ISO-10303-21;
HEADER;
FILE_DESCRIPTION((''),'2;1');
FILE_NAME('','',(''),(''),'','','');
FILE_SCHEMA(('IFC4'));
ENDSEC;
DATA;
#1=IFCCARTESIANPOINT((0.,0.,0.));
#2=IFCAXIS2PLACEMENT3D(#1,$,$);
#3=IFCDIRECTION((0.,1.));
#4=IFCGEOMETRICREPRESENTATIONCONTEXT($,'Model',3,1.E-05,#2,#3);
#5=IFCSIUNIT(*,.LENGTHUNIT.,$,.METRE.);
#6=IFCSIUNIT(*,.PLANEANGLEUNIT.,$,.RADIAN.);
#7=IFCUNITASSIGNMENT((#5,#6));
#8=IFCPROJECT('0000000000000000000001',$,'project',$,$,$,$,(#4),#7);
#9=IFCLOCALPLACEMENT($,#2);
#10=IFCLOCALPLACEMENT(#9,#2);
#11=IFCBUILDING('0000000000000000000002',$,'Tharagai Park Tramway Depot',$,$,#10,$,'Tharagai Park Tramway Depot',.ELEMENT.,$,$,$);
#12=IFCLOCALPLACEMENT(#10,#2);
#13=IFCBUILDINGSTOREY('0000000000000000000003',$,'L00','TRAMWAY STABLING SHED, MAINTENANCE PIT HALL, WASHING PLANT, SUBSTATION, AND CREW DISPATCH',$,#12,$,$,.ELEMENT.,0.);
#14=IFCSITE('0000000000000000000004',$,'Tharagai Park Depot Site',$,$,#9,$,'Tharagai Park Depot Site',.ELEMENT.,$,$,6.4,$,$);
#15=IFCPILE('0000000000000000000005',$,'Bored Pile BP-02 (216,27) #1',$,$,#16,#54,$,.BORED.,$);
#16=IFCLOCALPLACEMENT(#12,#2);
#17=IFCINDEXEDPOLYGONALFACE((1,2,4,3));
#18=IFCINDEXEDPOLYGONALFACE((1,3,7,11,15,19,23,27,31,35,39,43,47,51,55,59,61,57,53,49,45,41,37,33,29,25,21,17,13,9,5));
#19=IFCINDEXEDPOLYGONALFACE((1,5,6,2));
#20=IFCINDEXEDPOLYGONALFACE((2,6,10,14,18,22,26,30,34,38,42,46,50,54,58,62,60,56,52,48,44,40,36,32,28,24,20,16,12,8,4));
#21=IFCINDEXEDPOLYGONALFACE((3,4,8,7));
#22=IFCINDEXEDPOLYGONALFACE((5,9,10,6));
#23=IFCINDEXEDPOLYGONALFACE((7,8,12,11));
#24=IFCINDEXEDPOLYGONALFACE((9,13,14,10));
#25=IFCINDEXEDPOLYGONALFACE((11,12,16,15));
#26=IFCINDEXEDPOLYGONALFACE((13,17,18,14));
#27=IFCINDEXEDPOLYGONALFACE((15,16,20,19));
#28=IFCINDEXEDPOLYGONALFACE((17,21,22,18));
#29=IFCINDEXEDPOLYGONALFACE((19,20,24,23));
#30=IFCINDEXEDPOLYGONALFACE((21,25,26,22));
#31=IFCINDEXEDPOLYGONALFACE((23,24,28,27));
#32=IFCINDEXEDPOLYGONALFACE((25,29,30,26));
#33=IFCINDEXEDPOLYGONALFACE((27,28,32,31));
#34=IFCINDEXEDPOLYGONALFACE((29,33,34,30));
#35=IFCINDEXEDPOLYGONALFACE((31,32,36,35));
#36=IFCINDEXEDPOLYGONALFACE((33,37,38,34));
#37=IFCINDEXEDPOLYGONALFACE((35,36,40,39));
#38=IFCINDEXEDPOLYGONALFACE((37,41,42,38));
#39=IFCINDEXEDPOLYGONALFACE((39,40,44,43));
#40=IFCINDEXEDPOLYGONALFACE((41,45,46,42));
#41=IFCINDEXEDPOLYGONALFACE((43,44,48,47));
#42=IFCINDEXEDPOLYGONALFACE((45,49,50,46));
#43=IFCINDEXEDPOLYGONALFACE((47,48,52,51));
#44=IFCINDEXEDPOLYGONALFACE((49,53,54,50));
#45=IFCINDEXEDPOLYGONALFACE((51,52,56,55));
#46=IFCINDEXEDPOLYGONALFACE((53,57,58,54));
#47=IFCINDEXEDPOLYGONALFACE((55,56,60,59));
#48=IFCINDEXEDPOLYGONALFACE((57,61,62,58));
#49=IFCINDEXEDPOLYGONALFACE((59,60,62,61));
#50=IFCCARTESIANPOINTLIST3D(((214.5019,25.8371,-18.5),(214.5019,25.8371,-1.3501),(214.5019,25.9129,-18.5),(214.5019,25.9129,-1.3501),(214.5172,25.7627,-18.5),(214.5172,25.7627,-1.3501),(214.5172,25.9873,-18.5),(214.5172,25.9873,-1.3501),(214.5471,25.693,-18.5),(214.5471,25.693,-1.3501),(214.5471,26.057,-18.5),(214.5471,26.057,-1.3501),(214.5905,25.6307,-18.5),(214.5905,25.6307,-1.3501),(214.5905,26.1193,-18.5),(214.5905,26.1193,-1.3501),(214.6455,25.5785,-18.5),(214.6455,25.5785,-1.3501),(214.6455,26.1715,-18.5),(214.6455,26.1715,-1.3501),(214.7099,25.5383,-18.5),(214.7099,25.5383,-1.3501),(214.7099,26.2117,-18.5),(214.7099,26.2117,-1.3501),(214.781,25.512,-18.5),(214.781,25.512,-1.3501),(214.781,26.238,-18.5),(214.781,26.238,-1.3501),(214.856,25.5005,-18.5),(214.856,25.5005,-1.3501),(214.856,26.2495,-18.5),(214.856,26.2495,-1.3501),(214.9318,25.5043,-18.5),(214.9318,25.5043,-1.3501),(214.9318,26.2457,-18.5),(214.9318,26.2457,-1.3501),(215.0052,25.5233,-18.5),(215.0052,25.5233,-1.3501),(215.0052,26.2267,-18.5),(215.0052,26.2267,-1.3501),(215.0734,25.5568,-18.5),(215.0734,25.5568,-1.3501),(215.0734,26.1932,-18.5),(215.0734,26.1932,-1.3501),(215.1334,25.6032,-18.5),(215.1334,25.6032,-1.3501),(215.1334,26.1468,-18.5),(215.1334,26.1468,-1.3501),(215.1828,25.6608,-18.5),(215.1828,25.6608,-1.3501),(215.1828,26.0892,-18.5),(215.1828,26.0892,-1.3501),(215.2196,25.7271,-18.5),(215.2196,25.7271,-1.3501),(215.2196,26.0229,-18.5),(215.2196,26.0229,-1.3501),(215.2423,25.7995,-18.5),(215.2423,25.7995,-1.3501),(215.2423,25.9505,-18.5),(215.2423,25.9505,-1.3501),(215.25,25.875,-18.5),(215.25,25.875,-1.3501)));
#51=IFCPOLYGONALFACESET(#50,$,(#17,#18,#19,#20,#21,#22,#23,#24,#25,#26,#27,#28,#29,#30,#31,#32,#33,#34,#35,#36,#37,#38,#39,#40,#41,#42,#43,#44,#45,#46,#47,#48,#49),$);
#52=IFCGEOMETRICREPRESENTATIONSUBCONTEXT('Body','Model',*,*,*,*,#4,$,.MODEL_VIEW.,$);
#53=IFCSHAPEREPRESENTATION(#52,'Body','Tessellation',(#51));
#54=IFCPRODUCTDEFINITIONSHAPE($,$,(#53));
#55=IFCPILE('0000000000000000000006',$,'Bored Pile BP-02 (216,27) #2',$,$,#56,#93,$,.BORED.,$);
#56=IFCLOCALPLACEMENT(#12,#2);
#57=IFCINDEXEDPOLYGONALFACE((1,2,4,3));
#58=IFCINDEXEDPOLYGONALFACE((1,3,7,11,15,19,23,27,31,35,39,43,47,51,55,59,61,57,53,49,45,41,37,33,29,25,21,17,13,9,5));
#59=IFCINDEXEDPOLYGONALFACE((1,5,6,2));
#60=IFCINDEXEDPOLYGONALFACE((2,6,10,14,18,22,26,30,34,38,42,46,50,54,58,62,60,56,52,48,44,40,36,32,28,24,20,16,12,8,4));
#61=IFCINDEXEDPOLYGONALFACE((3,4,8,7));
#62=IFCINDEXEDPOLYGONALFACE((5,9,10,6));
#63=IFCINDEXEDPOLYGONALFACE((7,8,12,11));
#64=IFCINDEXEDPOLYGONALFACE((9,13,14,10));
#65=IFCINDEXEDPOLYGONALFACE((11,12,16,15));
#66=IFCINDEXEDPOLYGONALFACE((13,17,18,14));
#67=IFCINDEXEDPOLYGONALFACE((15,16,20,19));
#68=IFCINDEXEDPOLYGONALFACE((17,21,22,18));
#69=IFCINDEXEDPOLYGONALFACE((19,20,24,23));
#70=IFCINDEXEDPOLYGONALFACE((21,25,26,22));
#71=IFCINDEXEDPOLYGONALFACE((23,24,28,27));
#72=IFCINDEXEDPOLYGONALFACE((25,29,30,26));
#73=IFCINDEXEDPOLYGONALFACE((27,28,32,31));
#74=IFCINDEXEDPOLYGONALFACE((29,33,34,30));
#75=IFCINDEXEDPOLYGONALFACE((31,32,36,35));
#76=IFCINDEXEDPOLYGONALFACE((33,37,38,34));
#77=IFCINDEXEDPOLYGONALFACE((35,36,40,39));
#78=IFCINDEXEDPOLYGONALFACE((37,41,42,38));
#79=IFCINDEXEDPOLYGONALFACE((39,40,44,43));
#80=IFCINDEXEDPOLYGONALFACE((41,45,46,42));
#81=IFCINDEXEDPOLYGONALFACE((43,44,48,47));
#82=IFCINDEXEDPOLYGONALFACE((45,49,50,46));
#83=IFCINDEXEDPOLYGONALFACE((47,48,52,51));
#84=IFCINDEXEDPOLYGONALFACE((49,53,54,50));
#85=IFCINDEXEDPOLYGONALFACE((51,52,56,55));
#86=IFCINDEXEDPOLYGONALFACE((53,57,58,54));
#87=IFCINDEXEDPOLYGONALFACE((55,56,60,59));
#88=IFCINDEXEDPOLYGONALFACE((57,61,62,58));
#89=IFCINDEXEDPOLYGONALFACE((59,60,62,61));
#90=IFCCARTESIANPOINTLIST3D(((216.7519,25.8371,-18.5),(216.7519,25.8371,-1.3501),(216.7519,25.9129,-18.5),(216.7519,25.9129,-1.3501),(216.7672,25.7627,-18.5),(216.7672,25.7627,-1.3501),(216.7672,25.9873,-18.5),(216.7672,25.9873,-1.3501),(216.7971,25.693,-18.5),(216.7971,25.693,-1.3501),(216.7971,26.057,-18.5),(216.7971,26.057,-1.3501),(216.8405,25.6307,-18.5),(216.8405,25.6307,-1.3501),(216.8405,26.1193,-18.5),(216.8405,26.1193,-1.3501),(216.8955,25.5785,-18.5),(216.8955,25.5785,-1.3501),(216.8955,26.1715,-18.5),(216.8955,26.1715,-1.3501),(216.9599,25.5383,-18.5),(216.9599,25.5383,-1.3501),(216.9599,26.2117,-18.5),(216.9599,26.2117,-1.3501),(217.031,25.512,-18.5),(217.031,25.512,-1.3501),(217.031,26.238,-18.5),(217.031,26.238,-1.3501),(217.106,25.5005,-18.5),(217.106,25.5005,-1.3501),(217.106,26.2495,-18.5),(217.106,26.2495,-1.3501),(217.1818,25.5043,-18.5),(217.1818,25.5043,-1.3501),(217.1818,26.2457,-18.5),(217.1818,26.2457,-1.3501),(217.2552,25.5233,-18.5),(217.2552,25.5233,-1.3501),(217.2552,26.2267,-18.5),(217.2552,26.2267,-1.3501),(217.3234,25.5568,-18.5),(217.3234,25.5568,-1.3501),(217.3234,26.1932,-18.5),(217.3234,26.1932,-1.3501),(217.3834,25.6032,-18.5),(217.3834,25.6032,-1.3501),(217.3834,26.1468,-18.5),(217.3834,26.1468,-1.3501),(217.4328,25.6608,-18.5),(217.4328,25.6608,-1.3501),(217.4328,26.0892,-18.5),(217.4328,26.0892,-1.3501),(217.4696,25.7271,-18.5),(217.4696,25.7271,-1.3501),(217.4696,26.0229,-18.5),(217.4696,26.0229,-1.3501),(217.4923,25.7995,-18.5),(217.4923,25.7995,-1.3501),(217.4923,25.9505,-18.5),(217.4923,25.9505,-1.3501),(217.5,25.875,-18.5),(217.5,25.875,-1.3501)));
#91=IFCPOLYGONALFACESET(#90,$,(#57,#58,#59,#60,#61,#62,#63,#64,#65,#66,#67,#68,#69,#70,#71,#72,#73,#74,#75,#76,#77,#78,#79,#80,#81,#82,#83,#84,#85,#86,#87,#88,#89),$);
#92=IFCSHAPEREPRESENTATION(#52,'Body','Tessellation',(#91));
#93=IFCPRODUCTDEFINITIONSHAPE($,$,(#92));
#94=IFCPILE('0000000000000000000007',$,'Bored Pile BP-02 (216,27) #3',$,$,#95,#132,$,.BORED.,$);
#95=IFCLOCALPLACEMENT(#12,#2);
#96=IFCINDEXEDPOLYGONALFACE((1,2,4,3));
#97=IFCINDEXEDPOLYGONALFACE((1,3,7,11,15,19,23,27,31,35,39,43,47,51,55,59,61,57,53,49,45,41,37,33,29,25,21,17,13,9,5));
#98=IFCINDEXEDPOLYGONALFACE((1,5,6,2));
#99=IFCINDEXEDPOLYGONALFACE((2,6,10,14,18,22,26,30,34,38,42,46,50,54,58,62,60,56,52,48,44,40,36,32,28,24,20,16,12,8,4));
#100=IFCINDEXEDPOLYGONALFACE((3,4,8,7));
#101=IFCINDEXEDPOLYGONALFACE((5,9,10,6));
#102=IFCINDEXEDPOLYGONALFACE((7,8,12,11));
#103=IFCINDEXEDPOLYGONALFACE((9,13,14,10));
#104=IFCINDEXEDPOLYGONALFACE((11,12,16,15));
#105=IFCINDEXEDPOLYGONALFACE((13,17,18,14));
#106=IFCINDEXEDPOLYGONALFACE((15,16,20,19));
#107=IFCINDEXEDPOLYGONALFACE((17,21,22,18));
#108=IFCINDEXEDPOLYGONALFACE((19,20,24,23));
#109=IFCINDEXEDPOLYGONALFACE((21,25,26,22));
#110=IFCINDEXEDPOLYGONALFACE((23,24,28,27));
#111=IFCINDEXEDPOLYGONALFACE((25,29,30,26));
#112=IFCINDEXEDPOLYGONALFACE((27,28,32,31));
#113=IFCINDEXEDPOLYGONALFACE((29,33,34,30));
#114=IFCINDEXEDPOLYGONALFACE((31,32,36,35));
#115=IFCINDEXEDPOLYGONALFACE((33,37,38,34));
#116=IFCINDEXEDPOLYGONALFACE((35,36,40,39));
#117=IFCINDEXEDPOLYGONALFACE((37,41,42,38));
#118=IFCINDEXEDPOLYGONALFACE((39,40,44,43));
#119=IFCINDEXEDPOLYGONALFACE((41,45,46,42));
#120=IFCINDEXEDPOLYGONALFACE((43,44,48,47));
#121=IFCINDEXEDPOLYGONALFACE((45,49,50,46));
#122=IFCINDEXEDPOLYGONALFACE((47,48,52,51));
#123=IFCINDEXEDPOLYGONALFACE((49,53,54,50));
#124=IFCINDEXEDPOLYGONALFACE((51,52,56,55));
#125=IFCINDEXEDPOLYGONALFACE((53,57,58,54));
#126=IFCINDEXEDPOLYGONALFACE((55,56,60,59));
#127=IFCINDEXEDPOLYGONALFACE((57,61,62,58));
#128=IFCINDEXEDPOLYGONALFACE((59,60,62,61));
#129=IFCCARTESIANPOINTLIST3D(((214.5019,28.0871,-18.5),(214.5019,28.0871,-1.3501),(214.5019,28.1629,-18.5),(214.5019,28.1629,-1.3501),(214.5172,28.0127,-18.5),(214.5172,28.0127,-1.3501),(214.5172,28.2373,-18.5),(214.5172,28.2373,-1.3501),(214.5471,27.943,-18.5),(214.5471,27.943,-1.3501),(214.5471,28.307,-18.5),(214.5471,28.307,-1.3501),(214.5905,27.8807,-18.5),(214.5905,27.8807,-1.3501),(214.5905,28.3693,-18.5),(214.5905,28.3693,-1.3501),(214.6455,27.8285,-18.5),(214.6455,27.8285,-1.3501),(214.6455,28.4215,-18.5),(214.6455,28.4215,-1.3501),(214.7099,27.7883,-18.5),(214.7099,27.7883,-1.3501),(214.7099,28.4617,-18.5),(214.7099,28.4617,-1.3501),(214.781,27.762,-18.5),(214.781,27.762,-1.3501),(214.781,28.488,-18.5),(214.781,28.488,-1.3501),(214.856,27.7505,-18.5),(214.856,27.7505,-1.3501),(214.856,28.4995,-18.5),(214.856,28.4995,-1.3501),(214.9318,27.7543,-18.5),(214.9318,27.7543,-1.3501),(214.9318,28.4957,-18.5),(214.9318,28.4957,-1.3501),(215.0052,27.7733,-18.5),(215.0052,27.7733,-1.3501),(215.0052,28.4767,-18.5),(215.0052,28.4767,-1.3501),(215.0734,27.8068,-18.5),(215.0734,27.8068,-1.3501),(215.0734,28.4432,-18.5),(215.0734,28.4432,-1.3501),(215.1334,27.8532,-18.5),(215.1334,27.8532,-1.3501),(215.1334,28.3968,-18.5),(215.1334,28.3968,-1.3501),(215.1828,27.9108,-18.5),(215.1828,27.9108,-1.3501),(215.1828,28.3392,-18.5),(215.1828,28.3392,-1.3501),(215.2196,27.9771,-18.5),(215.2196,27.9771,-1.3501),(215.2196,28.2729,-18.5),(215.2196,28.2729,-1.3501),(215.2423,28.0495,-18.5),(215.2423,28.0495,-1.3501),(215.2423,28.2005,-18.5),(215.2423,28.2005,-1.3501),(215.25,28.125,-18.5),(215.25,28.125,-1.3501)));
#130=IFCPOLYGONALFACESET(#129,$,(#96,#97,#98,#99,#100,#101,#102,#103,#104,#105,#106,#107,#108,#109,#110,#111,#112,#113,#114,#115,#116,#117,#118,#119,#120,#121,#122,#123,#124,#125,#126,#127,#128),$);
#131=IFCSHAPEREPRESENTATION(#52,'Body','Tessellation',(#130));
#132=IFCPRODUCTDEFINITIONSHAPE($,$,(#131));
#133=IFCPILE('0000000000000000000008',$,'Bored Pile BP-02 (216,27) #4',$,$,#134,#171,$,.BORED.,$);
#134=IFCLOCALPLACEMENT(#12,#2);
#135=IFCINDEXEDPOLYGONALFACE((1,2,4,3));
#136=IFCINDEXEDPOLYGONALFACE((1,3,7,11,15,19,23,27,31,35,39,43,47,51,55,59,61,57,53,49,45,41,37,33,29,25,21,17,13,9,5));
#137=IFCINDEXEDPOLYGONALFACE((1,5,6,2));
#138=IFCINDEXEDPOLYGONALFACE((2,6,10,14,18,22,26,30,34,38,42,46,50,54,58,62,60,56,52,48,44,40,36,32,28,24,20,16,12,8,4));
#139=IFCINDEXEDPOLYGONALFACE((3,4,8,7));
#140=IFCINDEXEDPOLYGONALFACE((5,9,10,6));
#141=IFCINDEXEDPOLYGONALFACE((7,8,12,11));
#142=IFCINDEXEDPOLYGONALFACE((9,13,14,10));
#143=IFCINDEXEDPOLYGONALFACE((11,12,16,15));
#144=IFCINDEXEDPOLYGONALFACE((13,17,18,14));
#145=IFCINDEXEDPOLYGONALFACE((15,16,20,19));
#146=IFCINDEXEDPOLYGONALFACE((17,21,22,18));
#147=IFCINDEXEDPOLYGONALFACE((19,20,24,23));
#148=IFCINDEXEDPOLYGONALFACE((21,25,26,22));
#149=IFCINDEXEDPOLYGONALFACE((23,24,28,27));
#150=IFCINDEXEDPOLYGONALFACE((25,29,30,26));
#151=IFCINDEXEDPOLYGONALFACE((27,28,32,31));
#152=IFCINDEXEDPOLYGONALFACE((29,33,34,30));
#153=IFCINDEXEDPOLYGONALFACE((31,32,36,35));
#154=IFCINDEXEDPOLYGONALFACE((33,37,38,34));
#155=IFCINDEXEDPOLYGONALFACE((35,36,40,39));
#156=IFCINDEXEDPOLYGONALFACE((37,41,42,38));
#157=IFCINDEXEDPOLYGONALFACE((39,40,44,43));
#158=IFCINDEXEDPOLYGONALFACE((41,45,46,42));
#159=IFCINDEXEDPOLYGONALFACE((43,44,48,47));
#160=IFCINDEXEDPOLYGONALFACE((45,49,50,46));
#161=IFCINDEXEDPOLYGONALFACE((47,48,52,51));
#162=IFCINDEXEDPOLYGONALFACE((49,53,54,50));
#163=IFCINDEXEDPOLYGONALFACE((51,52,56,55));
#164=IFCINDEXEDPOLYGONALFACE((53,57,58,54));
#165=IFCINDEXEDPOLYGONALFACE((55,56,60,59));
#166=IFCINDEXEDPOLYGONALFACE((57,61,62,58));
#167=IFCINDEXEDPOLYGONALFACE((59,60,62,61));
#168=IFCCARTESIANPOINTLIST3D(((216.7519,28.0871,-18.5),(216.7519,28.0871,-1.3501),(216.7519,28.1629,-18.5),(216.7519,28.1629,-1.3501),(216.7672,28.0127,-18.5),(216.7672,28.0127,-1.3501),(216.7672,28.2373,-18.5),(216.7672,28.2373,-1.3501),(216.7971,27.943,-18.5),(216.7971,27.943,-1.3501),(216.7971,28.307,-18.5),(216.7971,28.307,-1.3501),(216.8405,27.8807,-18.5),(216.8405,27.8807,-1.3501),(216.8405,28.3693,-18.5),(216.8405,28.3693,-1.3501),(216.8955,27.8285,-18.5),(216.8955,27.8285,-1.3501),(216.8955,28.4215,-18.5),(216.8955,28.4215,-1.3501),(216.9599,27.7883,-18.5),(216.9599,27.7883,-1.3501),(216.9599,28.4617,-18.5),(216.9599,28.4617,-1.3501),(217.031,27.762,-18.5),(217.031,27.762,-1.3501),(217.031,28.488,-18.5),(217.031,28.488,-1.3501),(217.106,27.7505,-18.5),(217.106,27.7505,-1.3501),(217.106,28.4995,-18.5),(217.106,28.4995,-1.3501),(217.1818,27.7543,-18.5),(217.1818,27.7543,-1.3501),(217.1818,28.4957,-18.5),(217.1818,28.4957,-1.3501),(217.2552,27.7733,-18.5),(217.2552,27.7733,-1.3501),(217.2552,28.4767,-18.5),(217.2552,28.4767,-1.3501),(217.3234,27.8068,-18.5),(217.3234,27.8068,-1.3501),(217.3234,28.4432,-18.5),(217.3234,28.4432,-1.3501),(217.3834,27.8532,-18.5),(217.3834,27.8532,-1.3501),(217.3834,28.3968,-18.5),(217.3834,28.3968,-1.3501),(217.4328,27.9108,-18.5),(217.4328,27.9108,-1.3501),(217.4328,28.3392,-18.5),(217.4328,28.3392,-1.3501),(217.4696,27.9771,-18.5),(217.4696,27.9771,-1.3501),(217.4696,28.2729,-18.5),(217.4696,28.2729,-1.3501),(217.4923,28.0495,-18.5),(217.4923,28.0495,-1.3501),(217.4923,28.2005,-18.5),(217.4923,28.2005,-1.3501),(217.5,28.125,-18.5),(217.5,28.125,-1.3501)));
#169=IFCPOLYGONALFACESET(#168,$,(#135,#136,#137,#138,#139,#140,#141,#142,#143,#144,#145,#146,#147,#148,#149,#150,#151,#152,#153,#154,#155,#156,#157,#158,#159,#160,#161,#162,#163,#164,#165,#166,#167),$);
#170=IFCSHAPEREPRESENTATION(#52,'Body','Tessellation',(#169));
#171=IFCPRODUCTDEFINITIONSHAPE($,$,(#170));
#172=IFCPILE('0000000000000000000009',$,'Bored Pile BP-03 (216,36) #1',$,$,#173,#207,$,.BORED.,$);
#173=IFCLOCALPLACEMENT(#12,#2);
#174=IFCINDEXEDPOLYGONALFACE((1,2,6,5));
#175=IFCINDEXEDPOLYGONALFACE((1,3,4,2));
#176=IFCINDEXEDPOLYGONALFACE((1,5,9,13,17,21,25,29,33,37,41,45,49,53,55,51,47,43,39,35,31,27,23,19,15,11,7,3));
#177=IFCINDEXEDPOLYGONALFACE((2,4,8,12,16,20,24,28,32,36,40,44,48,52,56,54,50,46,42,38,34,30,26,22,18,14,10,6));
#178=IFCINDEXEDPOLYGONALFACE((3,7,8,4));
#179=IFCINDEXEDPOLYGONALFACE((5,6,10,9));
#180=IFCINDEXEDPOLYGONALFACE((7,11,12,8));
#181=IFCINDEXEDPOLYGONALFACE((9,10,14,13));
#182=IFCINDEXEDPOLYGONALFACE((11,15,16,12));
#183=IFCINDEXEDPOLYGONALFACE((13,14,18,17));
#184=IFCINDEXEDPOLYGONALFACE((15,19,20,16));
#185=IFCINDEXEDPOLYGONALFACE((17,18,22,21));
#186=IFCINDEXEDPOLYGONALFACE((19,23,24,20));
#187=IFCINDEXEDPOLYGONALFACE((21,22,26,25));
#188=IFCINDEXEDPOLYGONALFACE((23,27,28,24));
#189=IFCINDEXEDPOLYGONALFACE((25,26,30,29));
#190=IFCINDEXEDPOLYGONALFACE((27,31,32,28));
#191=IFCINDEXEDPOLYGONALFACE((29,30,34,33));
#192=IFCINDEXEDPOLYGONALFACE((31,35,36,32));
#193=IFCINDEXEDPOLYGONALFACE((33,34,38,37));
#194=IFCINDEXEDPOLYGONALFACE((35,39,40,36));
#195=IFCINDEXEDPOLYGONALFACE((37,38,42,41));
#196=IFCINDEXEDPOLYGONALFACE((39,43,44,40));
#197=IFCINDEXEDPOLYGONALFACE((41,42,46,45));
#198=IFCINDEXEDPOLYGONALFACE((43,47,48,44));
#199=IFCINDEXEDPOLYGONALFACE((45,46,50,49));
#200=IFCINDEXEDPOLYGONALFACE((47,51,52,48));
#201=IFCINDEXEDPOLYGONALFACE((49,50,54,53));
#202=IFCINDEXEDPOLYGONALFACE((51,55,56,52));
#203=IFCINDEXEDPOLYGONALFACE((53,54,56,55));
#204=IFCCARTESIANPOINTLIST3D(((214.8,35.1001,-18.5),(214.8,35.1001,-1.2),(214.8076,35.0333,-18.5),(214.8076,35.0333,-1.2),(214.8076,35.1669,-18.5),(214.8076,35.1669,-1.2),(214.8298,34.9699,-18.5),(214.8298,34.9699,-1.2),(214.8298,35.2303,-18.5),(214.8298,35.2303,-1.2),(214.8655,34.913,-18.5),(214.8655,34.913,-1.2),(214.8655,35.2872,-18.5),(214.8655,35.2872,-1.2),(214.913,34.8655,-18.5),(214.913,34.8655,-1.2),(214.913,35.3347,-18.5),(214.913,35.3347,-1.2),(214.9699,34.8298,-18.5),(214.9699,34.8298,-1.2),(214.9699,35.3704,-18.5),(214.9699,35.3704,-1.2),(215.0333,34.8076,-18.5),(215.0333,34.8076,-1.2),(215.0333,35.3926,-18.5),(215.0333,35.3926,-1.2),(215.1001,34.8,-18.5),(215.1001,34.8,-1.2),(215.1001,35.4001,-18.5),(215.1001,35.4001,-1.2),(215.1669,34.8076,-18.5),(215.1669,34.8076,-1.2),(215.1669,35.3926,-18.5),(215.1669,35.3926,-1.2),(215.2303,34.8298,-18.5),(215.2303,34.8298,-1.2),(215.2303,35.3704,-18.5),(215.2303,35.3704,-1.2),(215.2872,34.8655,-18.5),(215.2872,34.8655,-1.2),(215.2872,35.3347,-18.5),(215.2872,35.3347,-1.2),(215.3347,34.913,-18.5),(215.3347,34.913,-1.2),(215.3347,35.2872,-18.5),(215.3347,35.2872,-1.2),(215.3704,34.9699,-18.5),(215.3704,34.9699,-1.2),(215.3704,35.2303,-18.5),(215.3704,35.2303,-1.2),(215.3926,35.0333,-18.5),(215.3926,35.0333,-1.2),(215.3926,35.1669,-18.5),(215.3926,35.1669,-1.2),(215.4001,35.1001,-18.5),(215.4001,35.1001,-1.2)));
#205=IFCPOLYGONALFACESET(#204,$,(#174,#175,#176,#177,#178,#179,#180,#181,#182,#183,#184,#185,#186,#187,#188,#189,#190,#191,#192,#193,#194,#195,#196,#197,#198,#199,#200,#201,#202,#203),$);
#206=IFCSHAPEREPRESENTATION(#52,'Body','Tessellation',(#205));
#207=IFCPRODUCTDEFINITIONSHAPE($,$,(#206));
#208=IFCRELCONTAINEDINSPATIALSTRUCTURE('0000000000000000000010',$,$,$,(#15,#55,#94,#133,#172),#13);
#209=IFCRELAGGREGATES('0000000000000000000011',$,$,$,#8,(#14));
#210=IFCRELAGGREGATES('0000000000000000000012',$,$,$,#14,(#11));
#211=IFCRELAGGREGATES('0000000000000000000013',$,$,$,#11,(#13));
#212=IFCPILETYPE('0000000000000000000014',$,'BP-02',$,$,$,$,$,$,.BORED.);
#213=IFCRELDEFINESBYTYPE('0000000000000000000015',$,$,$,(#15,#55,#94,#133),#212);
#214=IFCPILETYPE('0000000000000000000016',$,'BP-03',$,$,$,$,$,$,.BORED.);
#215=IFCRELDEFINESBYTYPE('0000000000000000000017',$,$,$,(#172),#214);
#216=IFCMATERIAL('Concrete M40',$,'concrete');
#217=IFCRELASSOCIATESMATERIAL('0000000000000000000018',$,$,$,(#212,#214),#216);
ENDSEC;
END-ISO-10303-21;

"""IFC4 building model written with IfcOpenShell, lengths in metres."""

from ifc_helpers import new_model, si_unit, direction, frame, origin, origin_2d, place, context, subcontext, project, spatial, circle, extrude, material, material_profile, profile_set, type_object, element, save


model = new_model("IFC4")

# Units and contexts
model_context = context("Model", 3, precision=1e-05, world=origin(), true_north=direction((0.0, 1.0)))
body_context = subcontext(model_context, "Body", "Model", "MODEL_VIEW")
ifc_project = project(units=[si_unit("LENGTHUNIT", "METRE"), si_unit("PLANEANGLEUNIT", "RADIAN")], contexts=[model_context])

# Site, building, storey
site_placement = place(None, origin())
site = spatial("IfcSite", under=ifc_project, at=site_placement, Name="Tharagai Park Depot Site", LongName="Tharagai Park Depot Site", CompositionType="ELEMENT", RefElevation=6.4)
building_placement = place(site_placement, origin())
building = spatial("IfcBuilding", under=site, at=building_placement, Name="Tharagai Park Tramway Depot", LongName="Tharagai Park Tramway Depot", CompositionType="ELEMENT")
storey_placement = place(building_placement, origin())
storey = spatial("IfcBuildingStorey", under=building, at=storey_placement, Name="L00", Description="TRAMWAY STABLING SHED, MAINTENANCE PIT HALL, WASHING PLANT, SUBSTATION, AND CREW DISPATCH", CompositionType="ELEMENT", Elevation=0.0)

# Piles
ifc_material_1 = material(Name="Concrete M40", Category="concrete")
ifc_material_profile_1 = material_profile(ifc_material_1, circle(Radius=0.375, at=origin_2d()), Name="PILE D750")
ifc_profile_set_1 = profile_set([ifc_material_profile_1], Name="Concrete M40")
pile_type_1 = type_object("IfcPileType", Name="BP-02", PredefinedType="BORED", material=ifc_profile_set_1)
for number, where, z_axis, x_axis, name in (
    (1, (214.875, 25.875, -1.3501), (0.0, 0.0, -1.0), (1.0, 0.0, 0.0), "Bored Pile BP-02 (216,27) #1"),
    (2, (217.125, 25.875, -1.3501), (0.0, 0.0, -1.0), (1.0, 0.0, 0.0), "Bored Pile BP-02 (216,27) #2"),
    (3, (214.875, 28.125, -1.3501), (0.0, 0.0, -1.0), (1.0, 0.0, 0.0), "Bored Pile BP-02 (216,27) #3"),
    (4, (217.125, 28.125, -1.3501), (0.0, 0.0, -1.0), (1.0, 0.0, 0.0), "Bored Pile BP-02 (216,27) #4"),
):
    element("IfcPile", number, at=place(storey_placement, frame(where, z_axis=z_axis, x_axis=x_axis)), inside=storey, type_object=pile_type_1, Name=name, PredefinedType="BORED", context=body_context, shape_type="SweptSolid", body=[
        extrude(circle(Radius=0.375, at=origin_2d()), origin(), (0.0, 0.0, 1.0), 17.1499),
    ])
ifc_material_profile_2 = material_profile(ifc_material_1, circle(Radius=0.3, at=origin_2d()), Name="PILE D600")
ifc_profile_set_2 = profile_set([ifc_material_profile_2], Name="Concrete M40")
pile_type_2 = type_object("IfcPileType", Name="BP-03", PredefinedType="BORED", material=ifc_profile_set_2)
for number, where, z_axis, x_axis, name in (
    (5, (215.1001, 35.1001, -1.2), (0.0, 0.0, -1.0), (1.0, 0.0, 0.0), "Bored Pile BP-03 (216,36) #1"),
):
    element("IfcPile", number, at=place(storey_placement, frame(where, z_axis=z_axis, x_axis=x_axis)), inside=storey, type_object=pile_type_2, Name=name, PredefinedType="BORED", context=body_context, shape_type="SweptSolid", body=[
        extrude(circle(Radius=0.3, at=origin_2d()), origin(), (0.0, 0.0, 1.0), 17.3),
    ])

save(model, "model.ifc")
